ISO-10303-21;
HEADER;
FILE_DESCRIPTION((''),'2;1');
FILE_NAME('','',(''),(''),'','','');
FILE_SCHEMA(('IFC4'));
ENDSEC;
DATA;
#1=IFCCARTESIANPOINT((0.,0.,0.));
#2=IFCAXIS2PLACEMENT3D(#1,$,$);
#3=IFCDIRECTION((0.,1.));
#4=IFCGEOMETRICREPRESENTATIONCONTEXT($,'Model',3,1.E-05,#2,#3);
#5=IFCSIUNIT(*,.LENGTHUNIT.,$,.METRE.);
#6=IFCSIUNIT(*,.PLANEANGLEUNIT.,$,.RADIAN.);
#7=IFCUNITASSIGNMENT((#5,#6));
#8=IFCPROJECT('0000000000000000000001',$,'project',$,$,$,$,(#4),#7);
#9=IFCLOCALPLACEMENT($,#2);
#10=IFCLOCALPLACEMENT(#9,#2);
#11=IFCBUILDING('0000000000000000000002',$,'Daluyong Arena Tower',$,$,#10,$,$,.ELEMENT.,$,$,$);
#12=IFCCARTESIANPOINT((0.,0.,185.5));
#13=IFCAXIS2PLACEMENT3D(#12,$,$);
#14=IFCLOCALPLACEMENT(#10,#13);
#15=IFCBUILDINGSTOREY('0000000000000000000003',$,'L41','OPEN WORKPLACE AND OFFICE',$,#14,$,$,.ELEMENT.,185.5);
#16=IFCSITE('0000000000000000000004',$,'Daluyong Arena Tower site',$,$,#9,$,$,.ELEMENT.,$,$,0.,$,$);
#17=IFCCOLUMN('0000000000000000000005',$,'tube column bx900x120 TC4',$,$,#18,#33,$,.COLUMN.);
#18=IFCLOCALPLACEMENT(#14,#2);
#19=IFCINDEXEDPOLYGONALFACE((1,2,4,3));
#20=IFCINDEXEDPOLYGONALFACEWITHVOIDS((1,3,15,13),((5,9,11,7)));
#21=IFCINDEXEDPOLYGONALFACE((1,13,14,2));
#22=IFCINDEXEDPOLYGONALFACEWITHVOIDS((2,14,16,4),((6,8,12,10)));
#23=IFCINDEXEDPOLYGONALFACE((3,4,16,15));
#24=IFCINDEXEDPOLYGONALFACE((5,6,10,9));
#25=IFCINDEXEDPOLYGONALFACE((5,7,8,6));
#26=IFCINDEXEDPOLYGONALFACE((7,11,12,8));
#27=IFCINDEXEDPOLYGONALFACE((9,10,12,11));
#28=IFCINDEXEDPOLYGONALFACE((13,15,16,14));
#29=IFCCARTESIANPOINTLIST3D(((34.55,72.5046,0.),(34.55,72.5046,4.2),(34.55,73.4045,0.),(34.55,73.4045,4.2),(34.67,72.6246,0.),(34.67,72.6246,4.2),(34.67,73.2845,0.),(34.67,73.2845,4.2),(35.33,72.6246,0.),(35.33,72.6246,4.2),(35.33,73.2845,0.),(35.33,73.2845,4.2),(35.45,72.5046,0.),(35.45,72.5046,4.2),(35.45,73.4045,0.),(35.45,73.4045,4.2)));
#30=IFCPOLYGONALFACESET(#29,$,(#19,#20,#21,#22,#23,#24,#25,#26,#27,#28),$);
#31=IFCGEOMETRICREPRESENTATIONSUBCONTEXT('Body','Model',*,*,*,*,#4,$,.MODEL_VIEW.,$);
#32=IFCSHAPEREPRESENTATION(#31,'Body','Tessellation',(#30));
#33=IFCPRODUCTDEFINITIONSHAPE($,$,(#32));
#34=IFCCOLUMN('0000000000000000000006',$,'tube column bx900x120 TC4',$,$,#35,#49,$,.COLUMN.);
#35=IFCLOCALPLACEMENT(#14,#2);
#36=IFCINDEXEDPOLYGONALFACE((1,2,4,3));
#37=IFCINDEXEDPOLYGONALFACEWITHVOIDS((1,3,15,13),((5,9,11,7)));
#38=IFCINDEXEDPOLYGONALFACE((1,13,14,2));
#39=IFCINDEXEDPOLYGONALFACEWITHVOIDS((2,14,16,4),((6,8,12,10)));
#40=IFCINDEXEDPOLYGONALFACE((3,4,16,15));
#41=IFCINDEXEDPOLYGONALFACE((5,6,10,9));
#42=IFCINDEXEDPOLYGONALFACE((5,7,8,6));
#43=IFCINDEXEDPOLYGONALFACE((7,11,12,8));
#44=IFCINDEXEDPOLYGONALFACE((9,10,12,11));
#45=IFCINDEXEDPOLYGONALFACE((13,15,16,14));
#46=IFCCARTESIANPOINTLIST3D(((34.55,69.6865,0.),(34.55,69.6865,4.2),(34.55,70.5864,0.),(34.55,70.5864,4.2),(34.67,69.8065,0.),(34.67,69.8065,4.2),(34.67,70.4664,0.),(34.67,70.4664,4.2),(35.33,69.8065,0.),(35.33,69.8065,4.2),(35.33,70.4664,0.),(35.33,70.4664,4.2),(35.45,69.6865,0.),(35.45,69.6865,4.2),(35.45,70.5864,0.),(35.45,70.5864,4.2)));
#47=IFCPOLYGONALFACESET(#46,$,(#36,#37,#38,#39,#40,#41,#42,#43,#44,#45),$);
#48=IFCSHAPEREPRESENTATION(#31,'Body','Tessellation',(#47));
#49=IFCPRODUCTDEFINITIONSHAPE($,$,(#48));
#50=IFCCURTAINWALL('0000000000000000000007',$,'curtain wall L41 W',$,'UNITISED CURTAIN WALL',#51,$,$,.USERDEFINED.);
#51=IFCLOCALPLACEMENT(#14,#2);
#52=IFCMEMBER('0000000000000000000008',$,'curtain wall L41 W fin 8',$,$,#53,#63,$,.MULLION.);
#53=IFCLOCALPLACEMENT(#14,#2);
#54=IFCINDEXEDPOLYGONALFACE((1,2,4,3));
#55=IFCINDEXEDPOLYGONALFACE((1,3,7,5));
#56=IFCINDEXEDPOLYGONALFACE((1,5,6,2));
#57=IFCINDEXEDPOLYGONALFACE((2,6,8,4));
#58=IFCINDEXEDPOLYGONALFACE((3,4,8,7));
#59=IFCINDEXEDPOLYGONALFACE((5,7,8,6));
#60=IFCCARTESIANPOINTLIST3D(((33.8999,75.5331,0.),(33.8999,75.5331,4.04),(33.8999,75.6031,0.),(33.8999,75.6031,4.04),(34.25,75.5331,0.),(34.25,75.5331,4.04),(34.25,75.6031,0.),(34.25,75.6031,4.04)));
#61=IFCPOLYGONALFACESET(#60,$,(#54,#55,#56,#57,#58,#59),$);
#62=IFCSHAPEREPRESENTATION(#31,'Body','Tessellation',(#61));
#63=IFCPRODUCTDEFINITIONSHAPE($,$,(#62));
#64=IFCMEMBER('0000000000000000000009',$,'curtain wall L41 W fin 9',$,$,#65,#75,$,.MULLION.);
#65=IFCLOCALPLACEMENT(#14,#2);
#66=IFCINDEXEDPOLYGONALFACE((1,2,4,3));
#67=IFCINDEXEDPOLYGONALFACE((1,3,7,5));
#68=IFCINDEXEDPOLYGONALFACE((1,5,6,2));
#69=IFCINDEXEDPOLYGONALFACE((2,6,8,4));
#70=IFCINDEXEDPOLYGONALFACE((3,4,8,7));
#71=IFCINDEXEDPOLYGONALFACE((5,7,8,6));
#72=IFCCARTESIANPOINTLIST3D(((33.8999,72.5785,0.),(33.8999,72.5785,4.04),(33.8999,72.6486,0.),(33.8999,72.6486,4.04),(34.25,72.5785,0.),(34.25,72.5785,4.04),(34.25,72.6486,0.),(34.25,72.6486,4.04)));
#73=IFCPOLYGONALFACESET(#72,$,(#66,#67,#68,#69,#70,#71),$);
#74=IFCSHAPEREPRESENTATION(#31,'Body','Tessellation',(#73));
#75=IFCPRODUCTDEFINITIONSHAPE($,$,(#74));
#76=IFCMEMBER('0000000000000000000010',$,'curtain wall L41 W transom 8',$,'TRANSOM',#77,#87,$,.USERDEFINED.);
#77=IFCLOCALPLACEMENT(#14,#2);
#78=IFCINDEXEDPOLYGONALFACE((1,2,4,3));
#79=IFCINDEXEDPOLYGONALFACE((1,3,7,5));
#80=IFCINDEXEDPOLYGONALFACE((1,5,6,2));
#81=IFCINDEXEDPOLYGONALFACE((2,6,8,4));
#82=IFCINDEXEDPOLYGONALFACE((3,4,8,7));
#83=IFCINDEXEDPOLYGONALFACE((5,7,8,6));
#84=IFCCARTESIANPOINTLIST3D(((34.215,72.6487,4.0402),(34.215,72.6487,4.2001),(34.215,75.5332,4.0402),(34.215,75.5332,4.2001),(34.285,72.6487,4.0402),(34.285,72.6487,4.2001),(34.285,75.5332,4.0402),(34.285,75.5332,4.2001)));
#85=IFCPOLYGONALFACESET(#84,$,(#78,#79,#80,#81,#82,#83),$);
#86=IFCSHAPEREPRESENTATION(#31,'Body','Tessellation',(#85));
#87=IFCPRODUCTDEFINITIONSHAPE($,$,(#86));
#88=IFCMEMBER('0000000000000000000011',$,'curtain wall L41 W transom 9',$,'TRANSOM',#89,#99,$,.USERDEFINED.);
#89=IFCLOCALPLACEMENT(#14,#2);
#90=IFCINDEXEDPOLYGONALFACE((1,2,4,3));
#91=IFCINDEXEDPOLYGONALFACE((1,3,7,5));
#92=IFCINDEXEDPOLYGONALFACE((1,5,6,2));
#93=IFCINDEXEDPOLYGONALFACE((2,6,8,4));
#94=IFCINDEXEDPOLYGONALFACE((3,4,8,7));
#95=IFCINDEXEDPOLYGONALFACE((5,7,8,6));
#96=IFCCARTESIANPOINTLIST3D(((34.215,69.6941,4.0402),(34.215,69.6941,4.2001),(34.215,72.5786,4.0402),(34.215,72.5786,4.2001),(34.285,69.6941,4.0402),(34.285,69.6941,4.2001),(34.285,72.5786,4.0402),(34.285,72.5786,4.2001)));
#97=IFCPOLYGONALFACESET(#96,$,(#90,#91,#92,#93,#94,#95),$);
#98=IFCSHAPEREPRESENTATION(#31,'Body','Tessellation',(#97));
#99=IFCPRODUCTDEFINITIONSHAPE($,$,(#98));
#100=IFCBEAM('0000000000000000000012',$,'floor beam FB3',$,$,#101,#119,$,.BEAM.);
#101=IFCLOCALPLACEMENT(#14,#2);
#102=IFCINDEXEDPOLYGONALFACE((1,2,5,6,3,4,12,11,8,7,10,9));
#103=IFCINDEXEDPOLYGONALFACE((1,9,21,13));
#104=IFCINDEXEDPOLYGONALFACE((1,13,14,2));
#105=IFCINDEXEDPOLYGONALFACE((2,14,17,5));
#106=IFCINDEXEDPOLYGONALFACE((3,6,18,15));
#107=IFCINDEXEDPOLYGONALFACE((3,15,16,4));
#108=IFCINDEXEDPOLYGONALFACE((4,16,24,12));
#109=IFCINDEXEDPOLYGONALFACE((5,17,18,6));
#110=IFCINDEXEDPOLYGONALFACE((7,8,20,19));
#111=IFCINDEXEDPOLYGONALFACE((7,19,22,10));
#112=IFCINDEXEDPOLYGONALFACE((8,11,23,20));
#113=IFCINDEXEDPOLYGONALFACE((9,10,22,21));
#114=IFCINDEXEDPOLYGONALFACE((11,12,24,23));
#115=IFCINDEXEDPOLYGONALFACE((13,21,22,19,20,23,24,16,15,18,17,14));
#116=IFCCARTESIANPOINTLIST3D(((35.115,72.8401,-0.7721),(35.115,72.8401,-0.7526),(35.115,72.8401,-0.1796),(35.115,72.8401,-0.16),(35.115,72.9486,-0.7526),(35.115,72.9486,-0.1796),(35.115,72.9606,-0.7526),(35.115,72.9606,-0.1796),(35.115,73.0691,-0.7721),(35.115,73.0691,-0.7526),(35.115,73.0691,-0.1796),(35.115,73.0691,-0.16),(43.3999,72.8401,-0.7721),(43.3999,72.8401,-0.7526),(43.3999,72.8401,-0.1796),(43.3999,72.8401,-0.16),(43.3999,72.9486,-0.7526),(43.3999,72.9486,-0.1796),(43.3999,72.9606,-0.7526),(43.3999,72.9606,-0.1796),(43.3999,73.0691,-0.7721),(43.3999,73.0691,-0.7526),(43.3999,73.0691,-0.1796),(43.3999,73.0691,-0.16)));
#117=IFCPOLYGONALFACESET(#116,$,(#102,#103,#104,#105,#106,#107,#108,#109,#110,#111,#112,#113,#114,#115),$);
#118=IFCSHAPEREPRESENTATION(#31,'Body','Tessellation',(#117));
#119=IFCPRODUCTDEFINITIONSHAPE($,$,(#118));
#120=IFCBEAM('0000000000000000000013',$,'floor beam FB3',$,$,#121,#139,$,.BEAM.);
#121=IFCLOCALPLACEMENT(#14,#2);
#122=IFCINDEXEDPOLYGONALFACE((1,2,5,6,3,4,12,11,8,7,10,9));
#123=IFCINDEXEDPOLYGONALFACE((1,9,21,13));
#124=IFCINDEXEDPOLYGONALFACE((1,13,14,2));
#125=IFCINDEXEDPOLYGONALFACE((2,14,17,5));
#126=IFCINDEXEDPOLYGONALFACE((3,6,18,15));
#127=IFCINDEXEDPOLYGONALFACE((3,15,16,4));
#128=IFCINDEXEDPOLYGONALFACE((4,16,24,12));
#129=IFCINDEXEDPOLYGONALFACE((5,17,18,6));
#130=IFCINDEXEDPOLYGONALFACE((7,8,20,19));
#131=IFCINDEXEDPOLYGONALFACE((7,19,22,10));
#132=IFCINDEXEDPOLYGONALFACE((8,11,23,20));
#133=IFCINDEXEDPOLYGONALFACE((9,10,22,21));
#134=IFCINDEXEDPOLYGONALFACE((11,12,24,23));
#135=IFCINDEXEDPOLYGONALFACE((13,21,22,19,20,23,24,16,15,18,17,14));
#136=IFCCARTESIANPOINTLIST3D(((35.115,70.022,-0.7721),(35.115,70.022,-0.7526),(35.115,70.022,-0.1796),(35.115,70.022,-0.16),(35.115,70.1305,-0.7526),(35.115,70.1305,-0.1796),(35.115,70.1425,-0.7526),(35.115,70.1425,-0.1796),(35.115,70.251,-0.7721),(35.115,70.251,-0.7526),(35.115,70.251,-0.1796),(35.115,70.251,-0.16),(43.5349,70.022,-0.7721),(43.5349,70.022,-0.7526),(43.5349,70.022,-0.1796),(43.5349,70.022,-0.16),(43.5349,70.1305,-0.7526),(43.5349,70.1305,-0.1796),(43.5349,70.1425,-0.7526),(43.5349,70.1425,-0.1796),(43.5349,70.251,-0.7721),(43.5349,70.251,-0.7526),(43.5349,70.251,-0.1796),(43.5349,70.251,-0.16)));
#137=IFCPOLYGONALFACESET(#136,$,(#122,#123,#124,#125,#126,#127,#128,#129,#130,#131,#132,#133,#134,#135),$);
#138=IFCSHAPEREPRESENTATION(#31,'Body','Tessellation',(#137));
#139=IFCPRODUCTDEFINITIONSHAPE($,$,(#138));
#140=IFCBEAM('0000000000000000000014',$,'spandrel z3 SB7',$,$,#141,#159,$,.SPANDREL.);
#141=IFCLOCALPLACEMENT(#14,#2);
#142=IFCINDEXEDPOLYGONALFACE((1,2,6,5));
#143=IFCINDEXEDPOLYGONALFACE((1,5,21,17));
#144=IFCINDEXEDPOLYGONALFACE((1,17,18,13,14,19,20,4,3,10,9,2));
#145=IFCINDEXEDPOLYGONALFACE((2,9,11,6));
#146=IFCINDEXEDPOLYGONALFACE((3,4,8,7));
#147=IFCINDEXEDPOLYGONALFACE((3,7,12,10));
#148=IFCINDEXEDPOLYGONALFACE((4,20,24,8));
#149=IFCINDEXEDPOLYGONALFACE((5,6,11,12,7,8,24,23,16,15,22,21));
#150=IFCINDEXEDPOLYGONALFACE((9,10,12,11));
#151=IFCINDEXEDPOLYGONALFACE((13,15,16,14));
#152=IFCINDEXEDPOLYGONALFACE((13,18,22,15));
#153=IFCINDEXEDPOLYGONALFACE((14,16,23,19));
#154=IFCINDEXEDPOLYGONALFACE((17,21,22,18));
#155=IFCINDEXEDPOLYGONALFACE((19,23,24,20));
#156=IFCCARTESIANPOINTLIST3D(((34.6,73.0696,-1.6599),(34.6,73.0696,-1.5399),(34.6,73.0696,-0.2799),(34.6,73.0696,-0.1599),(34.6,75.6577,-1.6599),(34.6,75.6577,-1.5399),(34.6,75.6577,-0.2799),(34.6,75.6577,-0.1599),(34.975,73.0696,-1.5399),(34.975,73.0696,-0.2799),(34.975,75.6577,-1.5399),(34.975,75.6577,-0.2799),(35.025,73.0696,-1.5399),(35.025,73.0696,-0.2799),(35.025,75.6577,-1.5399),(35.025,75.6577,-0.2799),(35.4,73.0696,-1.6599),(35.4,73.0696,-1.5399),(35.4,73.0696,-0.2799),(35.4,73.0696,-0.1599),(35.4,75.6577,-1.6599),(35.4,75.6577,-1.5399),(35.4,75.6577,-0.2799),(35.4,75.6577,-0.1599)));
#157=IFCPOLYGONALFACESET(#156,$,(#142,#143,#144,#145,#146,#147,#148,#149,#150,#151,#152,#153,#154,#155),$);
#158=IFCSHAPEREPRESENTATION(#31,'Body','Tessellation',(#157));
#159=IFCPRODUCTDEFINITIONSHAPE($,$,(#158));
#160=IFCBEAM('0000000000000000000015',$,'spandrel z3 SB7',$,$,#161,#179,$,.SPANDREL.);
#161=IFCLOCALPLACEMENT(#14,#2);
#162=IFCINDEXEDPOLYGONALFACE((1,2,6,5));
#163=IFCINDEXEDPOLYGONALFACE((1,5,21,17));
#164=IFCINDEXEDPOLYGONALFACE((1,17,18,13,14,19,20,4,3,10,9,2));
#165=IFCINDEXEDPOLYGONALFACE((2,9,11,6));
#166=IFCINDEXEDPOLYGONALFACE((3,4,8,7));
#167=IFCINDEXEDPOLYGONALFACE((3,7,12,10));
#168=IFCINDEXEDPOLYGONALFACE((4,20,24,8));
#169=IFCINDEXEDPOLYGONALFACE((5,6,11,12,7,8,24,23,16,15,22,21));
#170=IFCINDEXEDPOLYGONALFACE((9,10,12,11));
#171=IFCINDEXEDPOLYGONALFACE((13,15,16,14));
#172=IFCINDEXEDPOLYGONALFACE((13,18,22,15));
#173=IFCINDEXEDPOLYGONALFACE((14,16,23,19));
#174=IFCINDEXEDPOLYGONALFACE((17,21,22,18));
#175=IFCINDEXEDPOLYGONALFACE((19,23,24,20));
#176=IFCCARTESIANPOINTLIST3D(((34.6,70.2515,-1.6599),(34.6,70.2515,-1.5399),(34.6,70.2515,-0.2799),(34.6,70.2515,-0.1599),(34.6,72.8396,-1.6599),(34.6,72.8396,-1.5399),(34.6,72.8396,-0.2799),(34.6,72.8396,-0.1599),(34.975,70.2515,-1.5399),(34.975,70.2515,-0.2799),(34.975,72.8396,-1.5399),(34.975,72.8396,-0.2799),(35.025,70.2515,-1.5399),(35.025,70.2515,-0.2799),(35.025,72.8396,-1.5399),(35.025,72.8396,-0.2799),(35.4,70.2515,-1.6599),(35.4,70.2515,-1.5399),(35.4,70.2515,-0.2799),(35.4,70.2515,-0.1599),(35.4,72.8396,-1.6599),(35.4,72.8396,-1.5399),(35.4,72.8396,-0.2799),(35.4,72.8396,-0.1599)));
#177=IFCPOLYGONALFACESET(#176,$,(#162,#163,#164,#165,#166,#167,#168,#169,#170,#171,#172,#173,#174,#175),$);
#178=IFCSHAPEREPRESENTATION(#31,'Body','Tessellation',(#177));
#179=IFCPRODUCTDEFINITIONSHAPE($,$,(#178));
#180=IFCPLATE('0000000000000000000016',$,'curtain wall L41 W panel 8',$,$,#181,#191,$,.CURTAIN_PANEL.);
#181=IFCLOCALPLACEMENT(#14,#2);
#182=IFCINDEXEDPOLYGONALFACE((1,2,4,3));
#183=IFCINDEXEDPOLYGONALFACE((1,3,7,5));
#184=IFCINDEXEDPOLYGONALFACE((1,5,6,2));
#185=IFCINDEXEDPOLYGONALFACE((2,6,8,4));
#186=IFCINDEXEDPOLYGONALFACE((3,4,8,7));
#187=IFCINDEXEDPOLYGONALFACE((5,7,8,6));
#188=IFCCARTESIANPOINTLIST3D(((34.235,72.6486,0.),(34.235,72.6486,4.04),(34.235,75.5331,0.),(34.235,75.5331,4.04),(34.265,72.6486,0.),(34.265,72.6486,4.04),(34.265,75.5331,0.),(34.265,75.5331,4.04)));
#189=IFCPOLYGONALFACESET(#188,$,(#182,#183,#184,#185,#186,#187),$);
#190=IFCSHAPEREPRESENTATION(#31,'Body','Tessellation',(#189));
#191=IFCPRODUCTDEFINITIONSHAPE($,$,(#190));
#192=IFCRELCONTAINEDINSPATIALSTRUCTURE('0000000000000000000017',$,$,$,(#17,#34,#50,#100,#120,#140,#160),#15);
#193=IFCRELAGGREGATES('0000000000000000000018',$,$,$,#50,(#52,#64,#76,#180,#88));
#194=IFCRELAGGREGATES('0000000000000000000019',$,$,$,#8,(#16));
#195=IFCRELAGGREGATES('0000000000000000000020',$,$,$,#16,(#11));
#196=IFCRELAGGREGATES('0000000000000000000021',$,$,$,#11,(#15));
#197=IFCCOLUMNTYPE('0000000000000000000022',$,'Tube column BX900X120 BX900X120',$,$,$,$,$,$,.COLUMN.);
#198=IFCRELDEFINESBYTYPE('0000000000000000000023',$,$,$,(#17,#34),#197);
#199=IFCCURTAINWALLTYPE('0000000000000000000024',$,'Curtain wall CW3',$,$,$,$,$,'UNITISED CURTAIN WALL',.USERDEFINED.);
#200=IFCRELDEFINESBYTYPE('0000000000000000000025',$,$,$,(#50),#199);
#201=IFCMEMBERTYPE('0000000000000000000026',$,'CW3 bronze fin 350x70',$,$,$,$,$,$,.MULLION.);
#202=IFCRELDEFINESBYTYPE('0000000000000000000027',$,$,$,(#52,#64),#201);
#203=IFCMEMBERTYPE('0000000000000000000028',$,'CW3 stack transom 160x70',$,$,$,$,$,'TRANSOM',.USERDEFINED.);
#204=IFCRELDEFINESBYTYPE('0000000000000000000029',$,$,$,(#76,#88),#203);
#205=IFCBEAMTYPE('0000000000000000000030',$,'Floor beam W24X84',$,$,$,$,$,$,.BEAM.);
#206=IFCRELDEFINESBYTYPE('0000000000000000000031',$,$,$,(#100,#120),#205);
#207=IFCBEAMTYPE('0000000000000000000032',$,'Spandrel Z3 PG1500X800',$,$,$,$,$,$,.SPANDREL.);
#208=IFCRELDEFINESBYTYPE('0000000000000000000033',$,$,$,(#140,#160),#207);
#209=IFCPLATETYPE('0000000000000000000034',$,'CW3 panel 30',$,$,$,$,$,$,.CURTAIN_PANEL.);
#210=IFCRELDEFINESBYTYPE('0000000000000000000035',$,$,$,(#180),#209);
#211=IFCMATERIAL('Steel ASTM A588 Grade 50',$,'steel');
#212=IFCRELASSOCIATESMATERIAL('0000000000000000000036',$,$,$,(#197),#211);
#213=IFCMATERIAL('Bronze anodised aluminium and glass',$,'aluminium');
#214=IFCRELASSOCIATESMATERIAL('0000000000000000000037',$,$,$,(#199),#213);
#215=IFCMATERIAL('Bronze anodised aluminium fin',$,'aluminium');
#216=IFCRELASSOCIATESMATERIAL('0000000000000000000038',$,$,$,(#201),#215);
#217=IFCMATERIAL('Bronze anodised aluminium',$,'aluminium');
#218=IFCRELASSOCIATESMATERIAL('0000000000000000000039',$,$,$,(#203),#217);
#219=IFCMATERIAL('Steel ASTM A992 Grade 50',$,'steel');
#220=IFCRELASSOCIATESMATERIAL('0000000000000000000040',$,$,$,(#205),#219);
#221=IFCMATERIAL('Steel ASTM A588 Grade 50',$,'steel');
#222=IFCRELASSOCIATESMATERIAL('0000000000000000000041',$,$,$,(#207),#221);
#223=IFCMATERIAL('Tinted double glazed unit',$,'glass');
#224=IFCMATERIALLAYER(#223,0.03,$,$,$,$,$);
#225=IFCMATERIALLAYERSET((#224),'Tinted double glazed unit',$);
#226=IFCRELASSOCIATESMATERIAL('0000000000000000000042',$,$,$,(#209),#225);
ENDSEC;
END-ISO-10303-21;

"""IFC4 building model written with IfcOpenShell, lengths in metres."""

from ifc_helpers import new_model, si_unit, direction, frame, origin, origin_2d, place, context, subcontext, project, spatial, rectangle, hollow_rectangle, i_section, extrude, material, layer, layer_set, material_profile, profile_set, type_object, element, aggregate, save


model = new_model("IFC4")

# Units and contexts
model_context = context("Model", 3, precision=1e-05, world=origin(), true_north=direction((0.0, 1.0)))
body_context = subcontext(model_context, "Body", "Model", "MODEL_VIEW")
ifc_project = project(units=[si_unit("LENGTHUNIT", "METRE"), si_unit("PLANEANGLEUNIT", "RADIAN")], contexts=[model_context])

# Site, building, storey
site_placement = place(None, origin())
site = spatial("IfcSite", under=ifc_project, at=site_placement, Name="Daluyong Arena Tower site", CompositionType="ELEMENT", RefElevation=0.0)
building_placement = place(site_placement, origin())
building = spatial("IfcBuilding", under=site, at=building_placement, Name="Daluyong Arena Tower", CompositionType="ELEMENT")
storey_placement = place(building_placement, frame((0.0, 0.0, 185.5)))
storey = spatial("IfcBuildingStorey", under=building, at=storey_placement, Name="L41", Description="OPEN WORKPLACE AND OFFICE", CompositionType="ELEMENT", Elevation=185.5)

# Columns
ifc_material_1 = material(Name="Steel ASTM A588 Grade 50", Category="steel")
ifc_material_profile_1 = material_profile(ifc_material_1, hollow_rectangle(XDim=0.8999, YDim=0.8999, WallThickness=0.12, at=origin_2d()))
ifc_profile_set_1 = profile_set([ifc_material_profile_1], Name="Steel ASTM A588 Grade 50")
column_type = type_object("IfcColumnType", Name="Tube column BX900X120 BX900X120", PredefinedType="COLUMN", material=ifc_profile_set_1)
for number, where, z_axis, x_axis, name in (
    (1, (35.0, 72.9546, 0.0), (0.0, 0.0, 1.0), (0.0, 1.0, 0.0), "tube column bx900x120 TC4"),
    (2, (35.0, 70.1365, 0.0), (0.0, 0.0, 1.0), (0.0, 1.0, 0.0), "tube column bx900x120 TC4"),
):
    element("IfcColumn", number, at=place(storey_placement, frame(where, z_axis=z_axis, x_axis=x_axis)), inside=storey, type_object=column_type, Name=name, PredefinedType="COLUMN", context=body_context, shape_type="SweptSolid", body=[
        extrude(hollow_rectangle(XDim=0.8999, YDim=0.8999, WallThickness=0.12, at=origin_2d()), origin(), (0.0, 0.0, 1.0), 4.2),
    ])

# Curtain wall, members
ifc_material_2 = material(Name="Bronze anodised aluminium and glass", Category="aluminium")
curtain_wall_type = type_object("IfcCurtainWallType", Name="Curtain wall CW3", ElementType="UNITISED CURTAIN WALL", PredefinedType="USERDEFINED", material=ifc_material_2)
curtain_wall_placement = place(storey_placement, origin())
curtain_wall = element("IfcCurtainWall", 3, at=curtain_wall_placement, inside=storey, type_object=curtain_wall_type, Name="curtain wall L41 W", ObjectType="UNITISED CURTAIN WALL", PredefinedType="USERDEFINED")
ifc_material_3 = material(Name="Bronze anodised aluminium fin", Category="aluminium")
ifc_material_profile_2 = material_profile(ifc_material_3, rectangle(XDim=0.3501, YDim=0.0701, at=origin_2d()))
ifc_profile_set_2 = profile_set([ifc_material_profile_2], Name="Bronze anodised aluminium fin")
member_type_1 = type_object("IfcMemberType", Name="CW3 bronze fin 350x70", PredefinedType="MULLION", material=ifc_profile_set_2)
member_1_placement = place(storey_placement, frame((34.075, 75.5681, 0.0), z_axis=(0.0, 0.0, 1.0), x_axis=(1.0, 0.0, 0.0)))
member_1 = element("IfcMember", 4, at=member_1_placement, type_object=member_type_1, Name="curtain wall L41 W fin 8", PredefinedType="MULLION", context=body_context, shape_type="SweptSolid", body=[
    extrude(rectangle(XDim=0.3501, YDim=0.0701, at=origin_2d()), origin(), (0.0, 0.0, 1.0), 4.04),
])
member_2_placement = place(storey_placement, frame((34.075, 72.6135, 0.0), z_axis=(0.0, 0.0, 1.0), x_axis=(1.0, 0.0, 0.0)))
member_2 = element("IfcMember", 5, at=member_2_placement, type_object=member_type_1, Name="curtain wall L41 W fin 9", PredefinedType="MULLION", context=body_context, shape_type="SweptSolid", body=[
    extrude(rectangle(XDim=0.3501, YDim=0.0701, at=origin_2d()), origin(), (0.0, 0.0, 1.0), 4.04),
])
ifc_material_4 = material(Name="Bronze anodised aluminium", Category="aluminium")
ifc_material_profile_3 = material_profile(ifc_material_4, rectangle(XDim=0.0701, YDim=0.1599, at=origin_2d()))
ifc_profile_set_3 = profile_set([ifc_material_profile_3], Name="Bronze anodised aluminium")
member_type_2 = type_object("IfcMemberType", Name="CW3 stack transom 160x70", ElementType="TRANSOM", PredefinedType="USERDEFINED", material=ifc_profile_set_3)
member_3_placement = place(storey_placement, frame((34.25, 75.5332, 4.1201), z_axis=(0.0, -1.0, 0.0), x_axis=(1.0, 0.0, 0.0)))
member_3 = element("IfcMember", 6, at=member_3_placement, type_object=member_type_2, Name="curtain wall L41 W transom 8", ObjectType="TRANSOM", PredefinedType="USERDEFINED", context=body_context, shape_type="SweptSolid", body=[
    extrude(rectangle(XDim=0.0701, YDim=0.1599, at=origin_2d()), origin(), (0.0, 0.0, 1.0), 2.8845),
])
member_4_placement = place(storey_placement, frame((34.25, 72.5786, 4.1201), z_axis=(0.0, -1.0, 0.0), x_axis=(1.0, 0.0, 0.0)))
member_4 = element("IfcMember", 7, at=member_4_placement, type_object=member_type_2, Name="curtain wall L41 W transom 9", ObjectType="TRANSOM", PredefinedType="USERDEFINED", context=body_context, shape_type="SweptSolid", body=[
    extrude(rectangle(XDim=0.0701, YDim=0.1599, at=origin_2d()), origin(), (0.0, 0.0, 1.0), 2.8845),
])

# Beams
ifc_material_5 = material(Name="Steel ASTM A992 Grade 50", Category="steel")
ifc_material_profile_4 = material_profile(ifc_material_5, i_section(OverallWidth=0.229, OverallDepth=0.6121, WebThickness=0.012, FlangeThickness=0.0195, at=origin_2d()))
ifc_profile_set_4 = profile_set([ifc_material_profile_4], Name="Steel ASTM A992 Grade 50")
beam_type_1 = type_object("IfcBeamType", Name="Floor beam W24X84", PredefinedType="BEAM", material=ifc_profile_set_4)
beam_1_placement = place(storey_placement, frame((35.115, 72.9546, -0.4661), z_axis=(1.0, 0.0, 0.0), x_axis=(0.0, 1.0, 0.0)))
element("IfcBeam", 8, at=beam_1_placement, inside=storey, type_object=beam_type_1, Name="floor beam FB3", PredefinedType="BEAM", context=body_context, shape_type="SweptSolid", body=[
    extrude(i_section(OverallWidth=0.229, OverallDepth=0.6121, WebThickness=0.012, FlangeThickness=0.0195, at=origin_2d()), origin(), (0.0, 0.0, 1.0), 8.2849),
])
beam_2_placement = place(storey_placement, frame((35.115, 70.1365, -0.4661), z_axis=(1.0, 0.0, 0.0), x_axis=(0.0, 1.0, 0.0)))
element("IfcBeam", 9, at=beam_2_placement, inside=storey, type_object=beam_type_1, Name="floor beam FB3", PredefinedType="BEAM", context=body_context, shape_type="SweptSolid", body=[
    extrude(i_section(OverallWidth=0.229, OverallDepth=0.6121, WebThickness=0.012, FlangeThickness=0.0195, at=origin_2d()), origin(), (0.0, 0.0, 1.0), 8.4199),
])
ifc_material_6 = material(Name="Steel ASTM A588 Grade 50", Category="steel")
ifc_material_profile_5 = material_profile(ifc_material_6, i_section(OverallWidth=0.8, OverallDepth=1.5, WebThickness=0.05, FlangeThickness=0.12, at=origin_2d()))
ifc_profile_set_5 = profile_set([ifc_material_profile_5], Name="Steel ASTM A588 Grade 50")
beam_type_2 = type_object("IfcBeamType", Name="Spandrel Z3 PG1500X800", PredefinedType="SPANDREL", material=ifc_profile_set_5)
for number, where, z_axis, x_axis, name in (
    (10, (35.0, 75.6577, -0.9099), (0.0, -1.0, 0.0), (1.0, 0.0, 0.0), "spandrel z3 SB7"),
    (11, (35.0, 72.8396, -0.9099), (0.0, -1.0, 0.0), (1.0, 0.0, 0.0), "spandrel z3 SB7"),
):
    element("IfcBeam", number, at=place(storey_placement, frame(where, z_axis=z_axis, x_axis=x_axis)), inside=storey, type_object=beam_type_2, Name=name, PredefinedType="SPANDREL", context=body_context, shape_type="SweptSolid", body=[
        extrude(i_section(OverallWidth=0.8, OverallDepth=1.5, WebThickness=0.05, FlangeThickness=0.12, at=origin_2d()), origin(), (0.0, 0.0, 1.0), 2.5881),
    ])

# Plate
ifc_material_7 = material(Name="Tinted double glazed unit", Category="glass")
ifc_layer_1 = layer(ifc_material_7, 0.03)
ifc_layer_set_1 = layer_set([ifc_layer_1], Name="Tinted double glazed unit")
plate_type = type_object("IfcPlateType", Name="CW3 panel 30", PredefinedType="CURTAIN_PANEL", material=ifc_layer_set_1)
plate_1_placement = place(storey_placement, frame((34.25, 74.0908, 0.0), z_axis=(0.0, 0.0, 1.0), x_axis=(0.0, -1.0, 0.0)))
plate_1 = element("IfcPlate", 12, at=plate_1_placement, type_object=plate_type, Name="curtain wall L41 W panel 8", PredefinedType="CURTAIN_PANEL", context=body_context, shape_type="SweptSolid", body=[
    extrude(rectangle(XDim=2.8845, YDim=0.03, at=origin_2d()), origin(), (0.0, 0.0, 1.0), 4.04),
])
aggregate(curtain_wall, [member_1, member_2, member_3, plate_1, member_4])

save(model, "model.ifc")
